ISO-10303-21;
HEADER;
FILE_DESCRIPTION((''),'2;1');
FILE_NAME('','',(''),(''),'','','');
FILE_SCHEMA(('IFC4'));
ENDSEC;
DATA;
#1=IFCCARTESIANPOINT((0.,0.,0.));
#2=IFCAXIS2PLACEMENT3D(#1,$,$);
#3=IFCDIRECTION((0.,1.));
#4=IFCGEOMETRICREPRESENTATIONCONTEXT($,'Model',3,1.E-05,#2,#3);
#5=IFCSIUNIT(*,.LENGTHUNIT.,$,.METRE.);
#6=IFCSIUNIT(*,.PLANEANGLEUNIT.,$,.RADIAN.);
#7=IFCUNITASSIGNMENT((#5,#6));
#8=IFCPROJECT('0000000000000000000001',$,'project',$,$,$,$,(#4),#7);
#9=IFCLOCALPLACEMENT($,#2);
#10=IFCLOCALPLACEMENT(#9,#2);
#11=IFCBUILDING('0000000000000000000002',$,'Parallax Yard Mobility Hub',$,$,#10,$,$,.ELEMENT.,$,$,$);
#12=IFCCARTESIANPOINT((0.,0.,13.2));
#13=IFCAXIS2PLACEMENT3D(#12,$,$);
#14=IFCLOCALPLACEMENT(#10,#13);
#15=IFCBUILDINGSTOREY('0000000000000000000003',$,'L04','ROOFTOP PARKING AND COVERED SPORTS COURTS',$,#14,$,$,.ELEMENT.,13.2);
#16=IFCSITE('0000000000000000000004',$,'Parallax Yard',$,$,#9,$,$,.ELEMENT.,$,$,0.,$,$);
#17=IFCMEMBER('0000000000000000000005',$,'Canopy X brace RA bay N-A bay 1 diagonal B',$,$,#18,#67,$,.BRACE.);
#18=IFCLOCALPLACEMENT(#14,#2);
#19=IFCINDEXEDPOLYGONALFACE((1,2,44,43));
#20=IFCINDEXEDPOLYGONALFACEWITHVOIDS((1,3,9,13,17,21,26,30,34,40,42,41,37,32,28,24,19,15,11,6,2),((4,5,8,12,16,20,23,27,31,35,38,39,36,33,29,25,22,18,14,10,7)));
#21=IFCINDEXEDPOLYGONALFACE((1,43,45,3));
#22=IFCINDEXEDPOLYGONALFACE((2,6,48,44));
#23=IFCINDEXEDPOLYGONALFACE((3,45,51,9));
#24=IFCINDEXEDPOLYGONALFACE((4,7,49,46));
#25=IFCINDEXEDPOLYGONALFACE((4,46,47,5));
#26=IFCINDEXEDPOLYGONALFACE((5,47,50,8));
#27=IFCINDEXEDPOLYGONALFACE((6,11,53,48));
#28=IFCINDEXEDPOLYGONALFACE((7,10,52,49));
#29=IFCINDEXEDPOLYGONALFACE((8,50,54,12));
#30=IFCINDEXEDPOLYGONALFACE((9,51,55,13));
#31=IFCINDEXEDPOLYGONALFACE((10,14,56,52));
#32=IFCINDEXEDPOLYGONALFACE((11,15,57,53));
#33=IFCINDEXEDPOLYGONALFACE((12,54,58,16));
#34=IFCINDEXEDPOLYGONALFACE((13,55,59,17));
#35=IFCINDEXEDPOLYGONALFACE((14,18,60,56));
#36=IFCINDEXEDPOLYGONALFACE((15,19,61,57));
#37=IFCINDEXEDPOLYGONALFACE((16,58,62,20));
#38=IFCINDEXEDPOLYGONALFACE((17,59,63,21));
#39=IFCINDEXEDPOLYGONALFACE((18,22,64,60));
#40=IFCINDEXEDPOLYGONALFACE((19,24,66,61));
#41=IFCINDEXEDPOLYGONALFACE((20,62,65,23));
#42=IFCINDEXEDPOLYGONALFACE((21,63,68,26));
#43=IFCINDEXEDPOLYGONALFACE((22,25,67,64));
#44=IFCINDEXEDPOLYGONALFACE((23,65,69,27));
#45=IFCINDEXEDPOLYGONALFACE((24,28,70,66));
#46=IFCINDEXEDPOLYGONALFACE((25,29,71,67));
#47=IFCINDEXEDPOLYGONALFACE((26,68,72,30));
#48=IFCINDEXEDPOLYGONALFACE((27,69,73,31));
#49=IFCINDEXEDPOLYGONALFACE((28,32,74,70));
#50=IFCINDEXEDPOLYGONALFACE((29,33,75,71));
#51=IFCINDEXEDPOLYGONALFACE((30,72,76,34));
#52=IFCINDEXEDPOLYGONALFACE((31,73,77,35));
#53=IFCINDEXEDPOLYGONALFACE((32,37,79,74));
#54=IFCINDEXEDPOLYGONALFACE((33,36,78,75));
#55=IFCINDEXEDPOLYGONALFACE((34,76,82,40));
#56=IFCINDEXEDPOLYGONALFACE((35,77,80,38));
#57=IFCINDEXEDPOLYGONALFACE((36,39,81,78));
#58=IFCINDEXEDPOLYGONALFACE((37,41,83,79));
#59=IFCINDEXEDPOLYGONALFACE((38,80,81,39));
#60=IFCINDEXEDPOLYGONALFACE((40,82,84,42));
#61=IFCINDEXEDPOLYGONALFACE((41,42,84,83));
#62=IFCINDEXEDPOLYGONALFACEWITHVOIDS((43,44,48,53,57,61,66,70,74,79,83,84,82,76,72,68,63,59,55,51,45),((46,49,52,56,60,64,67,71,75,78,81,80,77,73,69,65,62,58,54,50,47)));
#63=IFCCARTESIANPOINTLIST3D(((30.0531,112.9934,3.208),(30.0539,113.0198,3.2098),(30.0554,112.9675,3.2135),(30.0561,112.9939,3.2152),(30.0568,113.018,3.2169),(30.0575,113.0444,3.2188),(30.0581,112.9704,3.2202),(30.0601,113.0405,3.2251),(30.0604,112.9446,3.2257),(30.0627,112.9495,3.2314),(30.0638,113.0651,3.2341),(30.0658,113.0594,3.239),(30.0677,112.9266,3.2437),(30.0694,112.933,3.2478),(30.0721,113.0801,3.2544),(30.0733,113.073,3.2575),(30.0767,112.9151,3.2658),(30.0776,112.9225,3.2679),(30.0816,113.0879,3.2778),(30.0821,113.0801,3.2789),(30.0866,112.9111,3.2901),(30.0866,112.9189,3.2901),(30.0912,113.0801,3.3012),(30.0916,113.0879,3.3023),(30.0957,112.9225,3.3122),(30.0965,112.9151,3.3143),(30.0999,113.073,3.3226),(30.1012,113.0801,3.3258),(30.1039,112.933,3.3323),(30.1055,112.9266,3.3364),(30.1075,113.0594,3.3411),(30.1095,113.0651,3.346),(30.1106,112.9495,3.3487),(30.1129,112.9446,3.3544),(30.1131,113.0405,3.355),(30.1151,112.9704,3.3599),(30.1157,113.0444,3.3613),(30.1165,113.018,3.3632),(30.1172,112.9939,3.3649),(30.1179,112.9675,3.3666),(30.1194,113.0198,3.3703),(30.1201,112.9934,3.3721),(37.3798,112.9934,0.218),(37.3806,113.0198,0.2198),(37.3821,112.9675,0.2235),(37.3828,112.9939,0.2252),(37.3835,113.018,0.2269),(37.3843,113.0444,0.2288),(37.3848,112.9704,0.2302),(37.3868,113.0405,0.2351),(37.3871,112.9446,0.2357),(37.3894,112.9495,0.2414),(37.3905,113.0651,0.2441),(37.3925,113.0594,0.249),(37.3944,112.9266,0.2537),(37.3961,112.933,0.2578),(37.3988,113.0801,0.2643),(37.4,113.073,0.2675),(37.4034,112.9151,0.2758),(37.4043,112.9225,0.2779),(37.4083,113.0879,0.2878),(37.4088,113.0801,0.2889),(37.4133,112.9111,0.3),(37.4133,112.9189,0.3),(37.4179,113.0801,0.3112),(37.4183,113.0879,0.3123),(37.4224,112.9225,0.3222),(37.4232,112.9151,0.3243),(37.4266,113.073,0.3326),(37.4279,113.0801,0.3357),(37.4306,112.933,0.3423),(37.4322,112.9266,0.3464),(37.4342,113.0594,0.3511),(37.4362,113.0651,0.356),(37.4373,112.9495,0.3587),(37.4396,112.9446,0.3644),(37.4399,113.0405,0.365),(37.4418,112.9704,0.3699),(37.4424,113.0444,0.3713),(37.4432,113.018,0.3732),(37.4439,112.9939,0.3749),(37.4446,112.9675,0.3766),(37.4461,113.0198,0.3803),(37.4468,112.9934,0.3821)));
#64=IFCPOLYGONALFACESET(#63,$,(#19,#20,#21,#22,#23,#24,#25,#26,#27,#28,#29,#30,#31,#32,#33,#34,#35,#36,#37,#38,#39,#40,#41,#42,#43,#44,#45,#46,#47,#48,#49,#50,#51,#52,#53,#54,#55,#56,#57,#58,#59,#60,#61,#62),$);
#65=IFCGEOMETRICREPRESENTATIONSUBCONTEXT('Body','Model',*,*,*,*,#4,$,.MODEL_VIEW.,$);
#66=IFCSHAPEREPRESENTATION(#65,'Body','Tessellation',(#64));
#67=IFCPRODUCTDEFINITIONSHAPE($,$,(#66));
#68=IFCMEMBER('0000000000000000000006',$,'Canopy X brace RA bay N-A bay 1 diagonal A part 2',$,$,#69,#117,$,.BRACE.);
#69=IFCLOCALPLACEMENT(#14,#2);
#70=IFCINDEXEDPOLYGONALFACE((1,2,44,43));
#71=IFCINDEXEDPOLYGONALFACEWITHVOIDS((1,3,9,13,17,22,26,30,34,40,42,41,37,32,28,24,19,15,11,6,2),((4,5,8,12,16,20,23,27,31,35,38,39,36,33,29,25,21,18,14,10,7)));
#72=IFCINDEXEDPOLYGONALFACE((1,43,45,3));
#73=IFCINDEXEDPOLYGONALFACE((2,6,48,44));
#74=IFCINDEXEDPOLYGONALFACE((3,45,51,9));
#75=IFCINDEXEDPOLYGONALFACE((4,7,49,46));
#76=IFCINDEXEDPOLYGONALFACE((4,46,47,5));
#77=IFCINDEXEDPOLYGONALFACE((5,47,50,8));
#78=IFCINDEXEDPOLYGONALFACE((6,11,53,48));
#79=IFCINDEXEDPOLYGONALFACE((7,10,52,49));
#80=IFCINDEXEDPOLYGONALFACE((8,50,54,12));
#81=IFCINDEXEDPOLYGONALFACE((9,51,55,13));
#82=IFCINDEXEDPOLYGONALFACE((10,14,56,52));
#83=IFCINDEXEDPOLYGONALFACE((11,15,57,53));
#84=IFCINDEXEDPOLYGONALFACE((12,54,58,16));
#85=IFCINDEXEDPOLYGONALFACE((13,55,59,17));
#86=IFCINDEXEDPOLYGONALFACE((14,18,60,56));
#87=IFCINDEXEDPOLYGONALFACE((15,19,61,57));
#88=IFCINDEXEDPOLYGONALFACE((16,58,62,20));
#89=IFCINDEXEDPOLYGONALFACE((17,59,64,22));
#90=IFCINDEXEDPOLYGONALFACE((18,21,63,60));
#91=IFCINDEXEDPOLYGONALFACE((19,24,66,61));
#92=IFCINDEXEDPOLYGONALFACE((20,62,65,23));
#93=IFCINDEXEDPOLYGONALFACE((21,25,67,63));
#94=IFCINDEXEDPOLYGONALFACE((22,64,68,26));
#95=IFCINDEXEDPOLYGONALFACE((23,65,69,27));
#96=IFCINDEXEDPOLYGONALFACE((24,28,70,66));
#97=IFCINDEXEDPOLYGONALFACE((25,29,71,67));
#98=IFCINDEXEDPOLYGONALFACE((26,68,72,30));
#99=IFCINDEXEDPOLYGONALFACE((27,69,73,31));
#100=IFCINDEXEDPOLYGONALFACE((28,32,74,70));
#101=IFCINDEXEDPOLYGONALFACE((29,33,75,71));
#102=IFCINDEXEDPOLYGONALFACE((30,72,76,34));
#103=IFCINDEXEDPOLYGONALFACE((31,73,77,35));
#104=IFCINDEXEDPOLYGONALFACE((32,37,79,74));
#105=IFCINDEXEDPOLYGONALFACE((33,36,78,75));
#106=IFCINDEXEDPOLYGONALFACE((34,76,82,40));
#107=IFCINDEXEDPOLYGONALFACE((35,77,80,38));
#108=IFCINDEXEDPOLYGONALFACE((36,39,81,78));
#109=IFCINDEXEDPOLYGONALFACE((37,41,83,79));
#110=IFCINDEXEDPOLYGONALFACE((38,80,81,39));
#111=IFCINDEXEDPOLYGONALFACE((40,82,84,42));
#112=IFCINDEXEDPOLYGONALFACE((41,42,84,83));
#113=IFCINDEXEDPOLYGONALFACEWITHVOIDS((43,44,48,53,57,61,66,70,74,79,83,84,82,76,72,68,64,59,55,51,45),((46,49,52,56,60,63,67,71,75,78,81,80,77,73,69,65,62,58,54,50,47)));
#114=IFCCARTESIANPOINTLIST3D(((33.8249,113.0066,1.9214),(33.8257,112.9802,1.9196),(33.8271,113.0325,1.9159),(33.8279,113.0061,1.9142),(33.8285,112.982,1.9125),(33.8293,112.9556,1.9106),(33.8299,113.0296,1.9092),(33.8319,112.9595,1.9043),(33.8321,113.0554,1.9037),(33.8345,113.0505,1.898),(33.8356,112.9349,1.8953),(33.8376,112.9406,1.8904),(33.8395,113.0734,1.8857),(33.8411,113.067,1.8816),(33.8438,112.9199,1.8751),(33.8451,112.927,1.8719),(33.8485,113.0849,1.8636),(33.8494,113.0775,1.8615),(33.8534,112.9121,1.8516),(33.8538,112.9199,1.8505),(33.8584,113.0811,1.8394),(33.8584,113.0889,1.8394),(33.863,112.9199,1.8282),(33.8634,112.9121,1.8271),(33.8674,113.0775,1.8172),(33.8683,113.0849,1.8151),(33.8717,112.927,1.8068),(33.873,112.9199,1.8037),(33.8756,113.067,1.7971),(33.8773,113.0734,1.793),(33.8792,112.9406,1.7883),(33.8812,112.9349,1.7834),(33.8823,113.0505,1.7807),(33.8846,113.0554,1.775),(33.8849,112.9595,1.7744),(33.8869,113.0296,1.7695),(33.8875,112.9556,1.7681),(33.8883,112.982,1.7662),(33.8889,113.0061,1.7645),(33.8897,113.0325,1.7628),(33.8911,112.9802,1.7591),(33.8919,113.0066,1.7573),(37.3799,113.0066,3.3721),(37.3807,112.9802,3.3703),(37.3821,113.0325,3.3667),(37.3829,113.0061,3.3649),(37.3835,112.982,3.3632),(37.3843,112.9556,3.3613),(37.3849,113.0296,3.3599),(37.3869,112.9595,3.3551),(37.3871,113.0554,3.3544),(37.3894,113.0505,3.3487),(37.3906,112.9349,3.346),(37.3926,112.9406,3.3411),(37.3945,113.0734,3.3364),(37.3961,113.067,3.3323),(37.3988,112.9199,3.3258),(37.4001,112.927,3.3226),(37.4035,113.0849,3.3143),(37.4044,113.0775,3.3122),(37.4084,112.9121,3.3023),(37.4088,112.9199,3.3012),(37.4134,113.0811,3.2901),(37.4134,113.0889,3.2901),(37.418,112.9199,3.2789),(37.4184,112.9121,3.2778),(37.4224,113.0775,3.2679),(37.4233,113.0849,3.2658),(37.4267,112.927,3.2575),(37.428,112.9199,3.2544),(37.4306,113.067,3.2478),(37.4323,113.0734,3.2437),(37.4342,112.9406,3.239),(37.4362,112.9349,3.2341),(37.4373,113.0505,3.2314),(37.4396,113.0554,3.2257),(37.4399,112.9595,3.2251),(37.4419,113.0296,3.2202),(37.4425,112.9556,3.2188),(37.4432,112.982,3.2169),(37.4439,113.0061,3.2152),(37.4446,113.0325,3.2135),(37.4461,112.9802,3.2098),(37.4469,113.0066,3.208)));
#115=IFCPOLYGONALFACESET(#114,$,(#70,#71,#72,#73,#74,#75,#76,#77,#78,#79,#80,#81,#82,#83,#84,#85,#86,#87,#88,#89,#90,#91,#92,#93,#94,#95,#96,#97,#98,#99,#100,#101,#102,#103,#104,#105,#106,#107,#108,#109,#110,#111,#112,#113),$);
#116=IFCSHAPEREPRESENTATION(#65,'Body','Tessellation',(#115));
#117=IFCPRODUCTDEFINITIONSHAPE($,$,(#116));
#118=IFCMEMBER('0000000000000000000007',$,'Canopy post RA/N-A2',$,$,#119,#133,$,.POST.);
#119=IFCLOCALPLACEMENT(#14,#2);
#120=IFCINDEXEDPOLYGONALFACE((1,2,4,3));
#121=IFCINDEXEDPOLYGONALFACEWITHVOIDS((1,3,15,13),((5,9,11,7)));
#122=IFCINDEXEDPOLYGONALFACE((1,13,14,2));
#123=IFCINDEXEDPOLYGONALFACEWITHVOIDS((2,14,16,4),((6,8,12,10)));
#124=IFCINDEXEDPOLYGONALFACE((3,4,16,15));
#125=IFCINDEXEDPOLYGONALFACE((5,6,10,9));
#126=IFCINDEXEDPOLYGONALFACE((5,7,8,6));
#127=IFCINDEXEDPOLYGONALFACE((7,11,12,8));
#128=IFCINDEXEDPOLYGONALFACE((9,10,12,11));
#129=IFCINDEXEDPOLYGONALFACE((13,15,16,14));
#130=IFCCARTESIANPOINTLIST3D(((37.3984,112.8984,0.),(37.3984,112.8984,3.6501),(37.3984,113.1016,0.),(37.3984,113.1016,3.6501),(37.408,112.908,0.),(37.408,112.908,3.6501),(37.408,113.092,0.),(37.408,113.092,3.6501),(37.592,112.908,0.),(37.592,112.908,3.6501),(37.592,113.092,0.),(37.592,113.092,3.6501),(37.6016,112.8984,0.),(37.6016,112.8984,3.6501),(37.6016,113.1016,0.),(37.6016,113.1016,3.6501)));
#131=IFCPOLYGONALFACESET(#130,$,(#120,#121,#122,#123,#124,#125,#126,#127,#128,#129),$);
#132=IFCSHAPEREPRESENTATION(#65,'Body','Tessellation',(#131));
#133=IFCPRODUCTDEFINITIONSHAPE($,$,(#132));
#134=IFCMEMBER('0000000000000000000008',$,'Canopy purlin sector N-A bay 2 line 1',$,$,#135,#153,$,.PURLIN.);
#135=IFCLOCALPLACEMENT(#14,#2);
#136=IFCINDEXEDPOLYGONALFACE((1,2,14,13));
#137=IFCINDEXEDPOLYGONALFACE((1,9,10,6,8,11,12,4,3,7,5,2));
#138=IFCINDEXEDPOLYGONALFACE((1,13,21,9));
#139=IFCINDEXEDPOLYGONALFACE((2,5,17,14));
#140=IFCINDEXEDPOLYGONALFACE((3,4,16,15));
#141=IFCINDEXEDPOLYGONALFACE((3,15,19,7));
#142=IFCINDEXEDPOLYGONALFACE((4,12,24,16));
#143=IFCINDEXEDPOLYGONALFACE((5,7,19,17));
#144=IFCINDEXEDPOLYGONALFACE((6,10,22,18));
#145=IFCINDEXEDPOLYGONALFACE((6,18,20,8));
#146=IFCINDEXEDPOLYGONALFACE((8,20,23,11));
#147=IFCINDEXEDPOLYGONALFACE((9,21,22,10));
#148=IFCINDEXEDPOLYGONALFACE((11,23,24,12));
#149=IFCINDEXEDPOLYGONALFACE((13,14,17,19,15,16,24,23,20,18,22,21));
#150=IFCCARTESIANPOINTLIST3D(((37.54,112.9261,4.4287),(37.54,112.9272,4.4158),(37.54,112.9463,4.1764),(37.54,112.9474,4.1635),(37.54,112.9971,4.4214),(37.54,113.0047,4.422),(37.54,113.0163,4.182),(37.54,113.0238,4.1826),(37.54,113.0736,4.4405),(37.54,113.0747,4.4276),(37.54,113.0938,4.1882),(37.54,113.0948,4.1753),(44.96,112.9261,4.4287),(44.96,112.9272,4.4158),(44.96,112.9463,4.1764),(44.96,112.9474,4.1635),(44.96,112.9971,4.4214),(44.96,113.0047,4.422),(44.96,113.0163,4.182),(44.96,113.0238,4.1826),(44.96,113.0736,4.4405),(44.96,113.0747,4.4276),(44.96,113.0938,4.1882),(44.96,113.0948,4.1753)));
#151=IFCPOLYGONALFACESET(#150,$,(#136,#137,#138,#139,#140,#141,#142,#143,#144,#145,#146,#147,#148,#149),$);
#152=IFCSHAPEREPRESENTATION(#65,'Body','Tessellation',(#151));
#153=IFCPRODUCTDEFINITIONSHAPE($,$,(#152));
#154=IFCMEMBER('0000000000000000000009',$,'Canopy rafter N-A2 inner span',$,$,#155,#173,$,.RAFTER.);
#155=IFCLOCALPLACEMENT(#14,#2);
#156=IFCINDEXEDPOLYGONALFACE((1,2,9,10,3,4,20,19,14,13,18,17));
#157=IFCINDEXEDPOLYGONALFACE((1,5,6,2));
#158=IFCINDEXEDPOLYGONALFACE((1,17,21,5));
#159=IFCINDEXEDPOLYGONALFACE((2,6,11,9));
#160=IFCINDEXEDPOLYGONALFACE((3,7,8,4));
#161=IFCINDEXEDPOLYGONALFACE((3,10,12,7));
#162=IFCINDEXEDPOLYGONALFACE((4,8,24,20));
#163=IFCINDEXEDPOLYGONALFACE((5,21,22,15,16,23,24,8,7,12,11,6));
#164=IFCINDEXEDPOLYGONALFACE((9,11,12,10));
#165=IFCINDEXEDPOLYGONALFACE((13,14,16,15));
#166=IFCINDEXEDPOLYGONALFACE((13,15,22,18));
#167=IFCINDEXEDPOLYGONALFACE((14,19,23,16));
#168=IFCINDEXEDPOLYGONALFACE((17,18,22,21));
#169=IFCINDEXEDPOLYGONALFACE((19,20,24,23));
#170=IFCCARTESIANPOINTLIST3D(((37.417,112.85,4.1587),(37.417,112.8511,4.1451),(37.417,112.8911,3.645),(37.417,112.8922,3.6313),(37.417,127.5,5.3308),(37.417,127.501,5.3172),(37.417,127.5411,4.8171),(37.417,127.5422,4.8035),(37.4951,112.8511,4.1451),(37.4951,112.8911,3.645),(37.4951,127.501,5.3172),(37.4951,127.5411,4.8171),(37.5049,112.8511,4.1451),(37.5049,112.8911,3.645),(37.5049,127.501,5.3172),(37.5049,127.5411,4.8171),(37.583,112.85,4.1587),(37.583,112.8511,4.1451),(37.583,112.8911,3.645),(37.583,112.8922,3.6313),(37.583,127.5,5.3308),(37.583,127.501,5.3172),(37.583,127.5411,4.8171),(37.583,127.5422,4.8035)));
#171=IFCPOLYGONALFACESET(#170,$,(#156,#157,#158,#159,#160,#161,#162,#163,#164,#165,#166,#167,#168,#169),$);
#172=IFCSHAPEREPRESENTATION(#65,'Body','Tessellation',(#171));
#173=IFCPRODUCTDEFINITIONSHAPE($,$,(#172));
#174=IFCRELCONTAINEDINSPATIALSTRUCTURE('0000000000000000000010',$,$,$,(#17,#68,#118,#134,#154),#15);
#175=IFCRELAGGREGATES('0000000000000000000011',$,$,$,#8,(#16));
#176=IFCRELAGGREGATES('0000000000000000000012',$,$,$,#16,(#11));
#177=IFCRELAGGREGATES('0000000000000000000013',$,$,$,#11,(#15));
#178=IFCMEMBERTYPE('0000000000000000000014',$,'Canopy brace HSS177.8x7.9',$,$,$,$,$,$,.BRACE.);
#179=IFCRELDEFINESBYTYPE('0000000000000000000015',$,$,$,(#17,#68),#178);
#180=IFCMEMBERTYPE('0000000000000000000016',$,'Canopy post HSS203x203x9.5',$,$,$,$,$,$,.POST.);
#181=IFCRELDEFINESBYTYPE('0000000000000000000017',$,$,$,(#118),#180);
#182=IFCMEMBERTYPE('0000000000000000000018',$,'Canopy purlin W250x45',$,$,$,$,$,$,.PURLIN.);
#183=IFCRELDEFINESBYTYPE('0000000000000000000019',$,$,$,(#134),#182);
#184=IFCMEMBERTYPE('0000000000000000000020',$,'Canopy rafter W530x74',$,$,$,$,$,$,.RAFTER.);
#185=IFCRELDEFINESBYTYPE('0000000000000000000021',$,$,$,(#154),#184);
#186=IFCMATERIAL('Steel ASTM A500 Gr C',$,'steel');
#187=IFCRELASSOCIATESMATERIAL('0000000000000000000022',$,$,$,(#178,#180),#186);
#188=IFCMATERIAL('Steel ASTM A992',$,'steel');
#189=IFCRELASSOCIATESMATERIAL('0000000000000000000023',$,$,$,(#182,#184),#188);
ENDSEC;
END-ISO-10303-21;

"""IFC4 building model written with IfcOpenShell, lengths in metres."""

from ifc_helpers import new_model, si_unit, direction, frame, origin, origin_2d, place, context, subcontext, project, spatial, hollow_rectangle, hollow_circle, i_section, extrude, material, material_profile, profile_set, type_object, element, save


model = new_model("IFC4")

# Units and contexts
model_context = context("Model", 3, precision=1e-05, world=origin(), true_north=direction((0.0, 1.0)))
body_context = subcontext(model_context, "Body", "Model", "MODEL_VIEW")
ifc_project = project(units=[si_unit("LENGTHUNIT", "METRE"), si_unit("PLANEANGLEUNIT", "RADIAN")], contexts=[model_context])

# Site, building, storey
site_placement = place(None, origin())
site = spatial("IfcSite", under=ifc_project, at=site_placement, Name="Parallax Yard", CompositionType="ELEMENT", RefElevation=0.0)
building_placement = place(site_placement, origin())
building = spatial("IfcBuilding", under=site, at=building_placement, Name="Parallax Yard Mobility Hub", CompositionType="ELEMENT")
storey_placement = place(building_placement, frame((0.0, 0.0, 13.2)))
storey = spatial("IfcBuildingStorey", under=building, at=storey_placement, Name="L04", Description="ROOFTOP PARKING AND COVERED SPORTS COURTS", CompositionType="ELEMENT", Elevation=13.2)

# Members
ifc_material_1 = material(Name="Steel ASTM A500 Gr C", Category="steel")
ifc_material_profile_1 = material_profile(ifc_material_1, hollow_circle(Radius=0.0889, WallThickness=0.0078, at=origin_2d()), Name="HSS177.8x7.9")
ifc_profile_set_1 = profile_set([ifc_material_profile_1], Name="Steel ASTM A500 Gr C")
member_type_1 = type_object("IfcMemberType", Name="Canopy brace HSS177.8x7.9", PredefinedType="BRACE", material=ifc_profile_set_1)
member_1_placement = place(storey_placement, frame((37.4133, 113.0, 0.3), z_axis=(-0.925869, 0.0, 0.377845), x_axis=(0.0, -1.0, 0.0)))
element("IfcMember", 1, at=member_1_placement, inside=storey, type_object=member_type_1, Name="Canopy X brace RA bay N-A bay 1 diagonal B", PredefinedType="BRACE", context=body_context, shape_type="SweptSolid", body=[
    extrude(hollow_circle(Radius=0.0889, WallThickness=0.0078, at=origin_2d()), origin(), (0.0, 0.0, 1.0), 7.9133),
])
member_2_placement = place(storey_placement, frame((33.8584, 113.0, 1.8394), z_axis=(0.925876, 0.0, 0.377828), x_axis=(0.0, 1.0, 0.0)))
element("IfcMember", 2, at=member_2_placement, inside=storey, type_object=member_type_1, Name="Canopy X brace RA bay N-A bay 1 diagonal A part 2", PredefinedType="BRACE", context=body_context, shape_type="SweptSolid", body=[
    extrude(hollow_circle(Radius=0.0889, WallThickness=0.0078, at=origin_2d()), origin(), (0.0, 0.0, 1.0), 3.8396),
])
ifc_material_profile_2 = material_profile(ifc_material_1, hollow_rectangle(XDim=0.2031, YDim=0.2031, WallThickness=0.0095, at=origin_2d()), Name="HSS203x203x9.5")
ifc_profile_set_2 = profile_set([ifc_material_profile_2], Name="Steel ASTM A500 Gr C")
member_type_2 = type_object("IfcMemberType", Name="Canopy post HSS203x203x9.5", PredefinedType="POST", material=ifc_profile_set_2)
member_3_placement = place(storey_placement, frame((37.5, 113.0, 0.0), z_axis=(0.0, 0.0, 1.0), x_axis=(1.0, 0.0, 0.0)))
element("IfcMember", 3, at=member_3_placement, inside=storey, type_object=member_type_2, Name="Canopy post RA/N-A2", PredefinedType="POST", context=body_context, shape_type="SweptSolid", body=[
    extrude(hollow_rectangle(XDim=0.2031, YDim=0.2031, WallThickness=0.0095, at=origin_2d()), origin(), (0.0, 0.0, 1.0), 3.6501),
])
ifc_material_2 = material(Name="Steel ASTM A992", Category="steel")
ifc_material_profile_3 = material_profile(ifc_material_2, i_section(OverallWidth=0.1479, OverallDepth=0.2661, WebThickness=0.0076, FlangeThickness=0.0129, at=origin_2d()), Name="W250x45")
ifc_profile_set_3 = profile_set([ifc_material_profile_3], Name="Steel ASTM A992")
member_type_3 = type_object("IfcMemberType", Name="Canopy purlin W250x45", PredefinedType="PURLIN", material=ifc_profile_set_3)
member_4_placement = place(storey_placement, frame((37.54, 113.0105, 4.302), z_axis=(1.0, 0.0, 0.0), x_axis=(0.0, 0.996815, 0.079745)))
element("IfcMember", 4, at=member_4_placement, inside=storey, type_object=member_type_3, Name="Canopy purlin sector N-A bay 2 line 1", PredefinedType="PURLIN", context=body_context, shape_type="SweptSolid", body=[
    extrude(i_section(OverallWidth=0.1479, OverallDepth=0.2661, WebThickness=0.0076, FlangeThickness=0.0129, at=origin_2d()), origin(), (0.0, 0.0, 1.0), 7.4199),
])
ifc_material_profile_4 = material_profile(ifc_material_2, i_section(OverallWidth=0.166, OverallDepth=0.5291, WebThickness=0.0098, FlangeThickness=0.0137, at=origin_2d()), Name="W530x74")
ifc_profile_set_4 = profile_set([ifc_material_profile_4], Name="Steel ASTM A992")
member_type_4 = type_object("IfcMemberType", Name="Canopy rafter W530x74", PredefinedType="RAFTER", material=ifc_profile_set_4)
member_5_placement = place(storey_placement, frame((37.5, 112.8711, 3.895), z_axis=(0.0, 0.996815, 0.079754), x_axis=(-1.0, 0.0, 0.0)))
element("IfcMember", 5, at=member_5_placement, inside=storey, type_object=member_type_4, Name="Canopy rafter N-A2 inner span", PredefinedType="RAFTER", context=body_context, shape_type="SweptSolid", body=[
    extrude(i_section(OverallWidth=0.166, OverallDepth=0.5291, WebThickness=0.0098, FlangeThickness=0.0137, at=origin_2d()), origin(), (0.0, 0.0, 1.0), 14.6968),
])

save(model, "model.ifc")
